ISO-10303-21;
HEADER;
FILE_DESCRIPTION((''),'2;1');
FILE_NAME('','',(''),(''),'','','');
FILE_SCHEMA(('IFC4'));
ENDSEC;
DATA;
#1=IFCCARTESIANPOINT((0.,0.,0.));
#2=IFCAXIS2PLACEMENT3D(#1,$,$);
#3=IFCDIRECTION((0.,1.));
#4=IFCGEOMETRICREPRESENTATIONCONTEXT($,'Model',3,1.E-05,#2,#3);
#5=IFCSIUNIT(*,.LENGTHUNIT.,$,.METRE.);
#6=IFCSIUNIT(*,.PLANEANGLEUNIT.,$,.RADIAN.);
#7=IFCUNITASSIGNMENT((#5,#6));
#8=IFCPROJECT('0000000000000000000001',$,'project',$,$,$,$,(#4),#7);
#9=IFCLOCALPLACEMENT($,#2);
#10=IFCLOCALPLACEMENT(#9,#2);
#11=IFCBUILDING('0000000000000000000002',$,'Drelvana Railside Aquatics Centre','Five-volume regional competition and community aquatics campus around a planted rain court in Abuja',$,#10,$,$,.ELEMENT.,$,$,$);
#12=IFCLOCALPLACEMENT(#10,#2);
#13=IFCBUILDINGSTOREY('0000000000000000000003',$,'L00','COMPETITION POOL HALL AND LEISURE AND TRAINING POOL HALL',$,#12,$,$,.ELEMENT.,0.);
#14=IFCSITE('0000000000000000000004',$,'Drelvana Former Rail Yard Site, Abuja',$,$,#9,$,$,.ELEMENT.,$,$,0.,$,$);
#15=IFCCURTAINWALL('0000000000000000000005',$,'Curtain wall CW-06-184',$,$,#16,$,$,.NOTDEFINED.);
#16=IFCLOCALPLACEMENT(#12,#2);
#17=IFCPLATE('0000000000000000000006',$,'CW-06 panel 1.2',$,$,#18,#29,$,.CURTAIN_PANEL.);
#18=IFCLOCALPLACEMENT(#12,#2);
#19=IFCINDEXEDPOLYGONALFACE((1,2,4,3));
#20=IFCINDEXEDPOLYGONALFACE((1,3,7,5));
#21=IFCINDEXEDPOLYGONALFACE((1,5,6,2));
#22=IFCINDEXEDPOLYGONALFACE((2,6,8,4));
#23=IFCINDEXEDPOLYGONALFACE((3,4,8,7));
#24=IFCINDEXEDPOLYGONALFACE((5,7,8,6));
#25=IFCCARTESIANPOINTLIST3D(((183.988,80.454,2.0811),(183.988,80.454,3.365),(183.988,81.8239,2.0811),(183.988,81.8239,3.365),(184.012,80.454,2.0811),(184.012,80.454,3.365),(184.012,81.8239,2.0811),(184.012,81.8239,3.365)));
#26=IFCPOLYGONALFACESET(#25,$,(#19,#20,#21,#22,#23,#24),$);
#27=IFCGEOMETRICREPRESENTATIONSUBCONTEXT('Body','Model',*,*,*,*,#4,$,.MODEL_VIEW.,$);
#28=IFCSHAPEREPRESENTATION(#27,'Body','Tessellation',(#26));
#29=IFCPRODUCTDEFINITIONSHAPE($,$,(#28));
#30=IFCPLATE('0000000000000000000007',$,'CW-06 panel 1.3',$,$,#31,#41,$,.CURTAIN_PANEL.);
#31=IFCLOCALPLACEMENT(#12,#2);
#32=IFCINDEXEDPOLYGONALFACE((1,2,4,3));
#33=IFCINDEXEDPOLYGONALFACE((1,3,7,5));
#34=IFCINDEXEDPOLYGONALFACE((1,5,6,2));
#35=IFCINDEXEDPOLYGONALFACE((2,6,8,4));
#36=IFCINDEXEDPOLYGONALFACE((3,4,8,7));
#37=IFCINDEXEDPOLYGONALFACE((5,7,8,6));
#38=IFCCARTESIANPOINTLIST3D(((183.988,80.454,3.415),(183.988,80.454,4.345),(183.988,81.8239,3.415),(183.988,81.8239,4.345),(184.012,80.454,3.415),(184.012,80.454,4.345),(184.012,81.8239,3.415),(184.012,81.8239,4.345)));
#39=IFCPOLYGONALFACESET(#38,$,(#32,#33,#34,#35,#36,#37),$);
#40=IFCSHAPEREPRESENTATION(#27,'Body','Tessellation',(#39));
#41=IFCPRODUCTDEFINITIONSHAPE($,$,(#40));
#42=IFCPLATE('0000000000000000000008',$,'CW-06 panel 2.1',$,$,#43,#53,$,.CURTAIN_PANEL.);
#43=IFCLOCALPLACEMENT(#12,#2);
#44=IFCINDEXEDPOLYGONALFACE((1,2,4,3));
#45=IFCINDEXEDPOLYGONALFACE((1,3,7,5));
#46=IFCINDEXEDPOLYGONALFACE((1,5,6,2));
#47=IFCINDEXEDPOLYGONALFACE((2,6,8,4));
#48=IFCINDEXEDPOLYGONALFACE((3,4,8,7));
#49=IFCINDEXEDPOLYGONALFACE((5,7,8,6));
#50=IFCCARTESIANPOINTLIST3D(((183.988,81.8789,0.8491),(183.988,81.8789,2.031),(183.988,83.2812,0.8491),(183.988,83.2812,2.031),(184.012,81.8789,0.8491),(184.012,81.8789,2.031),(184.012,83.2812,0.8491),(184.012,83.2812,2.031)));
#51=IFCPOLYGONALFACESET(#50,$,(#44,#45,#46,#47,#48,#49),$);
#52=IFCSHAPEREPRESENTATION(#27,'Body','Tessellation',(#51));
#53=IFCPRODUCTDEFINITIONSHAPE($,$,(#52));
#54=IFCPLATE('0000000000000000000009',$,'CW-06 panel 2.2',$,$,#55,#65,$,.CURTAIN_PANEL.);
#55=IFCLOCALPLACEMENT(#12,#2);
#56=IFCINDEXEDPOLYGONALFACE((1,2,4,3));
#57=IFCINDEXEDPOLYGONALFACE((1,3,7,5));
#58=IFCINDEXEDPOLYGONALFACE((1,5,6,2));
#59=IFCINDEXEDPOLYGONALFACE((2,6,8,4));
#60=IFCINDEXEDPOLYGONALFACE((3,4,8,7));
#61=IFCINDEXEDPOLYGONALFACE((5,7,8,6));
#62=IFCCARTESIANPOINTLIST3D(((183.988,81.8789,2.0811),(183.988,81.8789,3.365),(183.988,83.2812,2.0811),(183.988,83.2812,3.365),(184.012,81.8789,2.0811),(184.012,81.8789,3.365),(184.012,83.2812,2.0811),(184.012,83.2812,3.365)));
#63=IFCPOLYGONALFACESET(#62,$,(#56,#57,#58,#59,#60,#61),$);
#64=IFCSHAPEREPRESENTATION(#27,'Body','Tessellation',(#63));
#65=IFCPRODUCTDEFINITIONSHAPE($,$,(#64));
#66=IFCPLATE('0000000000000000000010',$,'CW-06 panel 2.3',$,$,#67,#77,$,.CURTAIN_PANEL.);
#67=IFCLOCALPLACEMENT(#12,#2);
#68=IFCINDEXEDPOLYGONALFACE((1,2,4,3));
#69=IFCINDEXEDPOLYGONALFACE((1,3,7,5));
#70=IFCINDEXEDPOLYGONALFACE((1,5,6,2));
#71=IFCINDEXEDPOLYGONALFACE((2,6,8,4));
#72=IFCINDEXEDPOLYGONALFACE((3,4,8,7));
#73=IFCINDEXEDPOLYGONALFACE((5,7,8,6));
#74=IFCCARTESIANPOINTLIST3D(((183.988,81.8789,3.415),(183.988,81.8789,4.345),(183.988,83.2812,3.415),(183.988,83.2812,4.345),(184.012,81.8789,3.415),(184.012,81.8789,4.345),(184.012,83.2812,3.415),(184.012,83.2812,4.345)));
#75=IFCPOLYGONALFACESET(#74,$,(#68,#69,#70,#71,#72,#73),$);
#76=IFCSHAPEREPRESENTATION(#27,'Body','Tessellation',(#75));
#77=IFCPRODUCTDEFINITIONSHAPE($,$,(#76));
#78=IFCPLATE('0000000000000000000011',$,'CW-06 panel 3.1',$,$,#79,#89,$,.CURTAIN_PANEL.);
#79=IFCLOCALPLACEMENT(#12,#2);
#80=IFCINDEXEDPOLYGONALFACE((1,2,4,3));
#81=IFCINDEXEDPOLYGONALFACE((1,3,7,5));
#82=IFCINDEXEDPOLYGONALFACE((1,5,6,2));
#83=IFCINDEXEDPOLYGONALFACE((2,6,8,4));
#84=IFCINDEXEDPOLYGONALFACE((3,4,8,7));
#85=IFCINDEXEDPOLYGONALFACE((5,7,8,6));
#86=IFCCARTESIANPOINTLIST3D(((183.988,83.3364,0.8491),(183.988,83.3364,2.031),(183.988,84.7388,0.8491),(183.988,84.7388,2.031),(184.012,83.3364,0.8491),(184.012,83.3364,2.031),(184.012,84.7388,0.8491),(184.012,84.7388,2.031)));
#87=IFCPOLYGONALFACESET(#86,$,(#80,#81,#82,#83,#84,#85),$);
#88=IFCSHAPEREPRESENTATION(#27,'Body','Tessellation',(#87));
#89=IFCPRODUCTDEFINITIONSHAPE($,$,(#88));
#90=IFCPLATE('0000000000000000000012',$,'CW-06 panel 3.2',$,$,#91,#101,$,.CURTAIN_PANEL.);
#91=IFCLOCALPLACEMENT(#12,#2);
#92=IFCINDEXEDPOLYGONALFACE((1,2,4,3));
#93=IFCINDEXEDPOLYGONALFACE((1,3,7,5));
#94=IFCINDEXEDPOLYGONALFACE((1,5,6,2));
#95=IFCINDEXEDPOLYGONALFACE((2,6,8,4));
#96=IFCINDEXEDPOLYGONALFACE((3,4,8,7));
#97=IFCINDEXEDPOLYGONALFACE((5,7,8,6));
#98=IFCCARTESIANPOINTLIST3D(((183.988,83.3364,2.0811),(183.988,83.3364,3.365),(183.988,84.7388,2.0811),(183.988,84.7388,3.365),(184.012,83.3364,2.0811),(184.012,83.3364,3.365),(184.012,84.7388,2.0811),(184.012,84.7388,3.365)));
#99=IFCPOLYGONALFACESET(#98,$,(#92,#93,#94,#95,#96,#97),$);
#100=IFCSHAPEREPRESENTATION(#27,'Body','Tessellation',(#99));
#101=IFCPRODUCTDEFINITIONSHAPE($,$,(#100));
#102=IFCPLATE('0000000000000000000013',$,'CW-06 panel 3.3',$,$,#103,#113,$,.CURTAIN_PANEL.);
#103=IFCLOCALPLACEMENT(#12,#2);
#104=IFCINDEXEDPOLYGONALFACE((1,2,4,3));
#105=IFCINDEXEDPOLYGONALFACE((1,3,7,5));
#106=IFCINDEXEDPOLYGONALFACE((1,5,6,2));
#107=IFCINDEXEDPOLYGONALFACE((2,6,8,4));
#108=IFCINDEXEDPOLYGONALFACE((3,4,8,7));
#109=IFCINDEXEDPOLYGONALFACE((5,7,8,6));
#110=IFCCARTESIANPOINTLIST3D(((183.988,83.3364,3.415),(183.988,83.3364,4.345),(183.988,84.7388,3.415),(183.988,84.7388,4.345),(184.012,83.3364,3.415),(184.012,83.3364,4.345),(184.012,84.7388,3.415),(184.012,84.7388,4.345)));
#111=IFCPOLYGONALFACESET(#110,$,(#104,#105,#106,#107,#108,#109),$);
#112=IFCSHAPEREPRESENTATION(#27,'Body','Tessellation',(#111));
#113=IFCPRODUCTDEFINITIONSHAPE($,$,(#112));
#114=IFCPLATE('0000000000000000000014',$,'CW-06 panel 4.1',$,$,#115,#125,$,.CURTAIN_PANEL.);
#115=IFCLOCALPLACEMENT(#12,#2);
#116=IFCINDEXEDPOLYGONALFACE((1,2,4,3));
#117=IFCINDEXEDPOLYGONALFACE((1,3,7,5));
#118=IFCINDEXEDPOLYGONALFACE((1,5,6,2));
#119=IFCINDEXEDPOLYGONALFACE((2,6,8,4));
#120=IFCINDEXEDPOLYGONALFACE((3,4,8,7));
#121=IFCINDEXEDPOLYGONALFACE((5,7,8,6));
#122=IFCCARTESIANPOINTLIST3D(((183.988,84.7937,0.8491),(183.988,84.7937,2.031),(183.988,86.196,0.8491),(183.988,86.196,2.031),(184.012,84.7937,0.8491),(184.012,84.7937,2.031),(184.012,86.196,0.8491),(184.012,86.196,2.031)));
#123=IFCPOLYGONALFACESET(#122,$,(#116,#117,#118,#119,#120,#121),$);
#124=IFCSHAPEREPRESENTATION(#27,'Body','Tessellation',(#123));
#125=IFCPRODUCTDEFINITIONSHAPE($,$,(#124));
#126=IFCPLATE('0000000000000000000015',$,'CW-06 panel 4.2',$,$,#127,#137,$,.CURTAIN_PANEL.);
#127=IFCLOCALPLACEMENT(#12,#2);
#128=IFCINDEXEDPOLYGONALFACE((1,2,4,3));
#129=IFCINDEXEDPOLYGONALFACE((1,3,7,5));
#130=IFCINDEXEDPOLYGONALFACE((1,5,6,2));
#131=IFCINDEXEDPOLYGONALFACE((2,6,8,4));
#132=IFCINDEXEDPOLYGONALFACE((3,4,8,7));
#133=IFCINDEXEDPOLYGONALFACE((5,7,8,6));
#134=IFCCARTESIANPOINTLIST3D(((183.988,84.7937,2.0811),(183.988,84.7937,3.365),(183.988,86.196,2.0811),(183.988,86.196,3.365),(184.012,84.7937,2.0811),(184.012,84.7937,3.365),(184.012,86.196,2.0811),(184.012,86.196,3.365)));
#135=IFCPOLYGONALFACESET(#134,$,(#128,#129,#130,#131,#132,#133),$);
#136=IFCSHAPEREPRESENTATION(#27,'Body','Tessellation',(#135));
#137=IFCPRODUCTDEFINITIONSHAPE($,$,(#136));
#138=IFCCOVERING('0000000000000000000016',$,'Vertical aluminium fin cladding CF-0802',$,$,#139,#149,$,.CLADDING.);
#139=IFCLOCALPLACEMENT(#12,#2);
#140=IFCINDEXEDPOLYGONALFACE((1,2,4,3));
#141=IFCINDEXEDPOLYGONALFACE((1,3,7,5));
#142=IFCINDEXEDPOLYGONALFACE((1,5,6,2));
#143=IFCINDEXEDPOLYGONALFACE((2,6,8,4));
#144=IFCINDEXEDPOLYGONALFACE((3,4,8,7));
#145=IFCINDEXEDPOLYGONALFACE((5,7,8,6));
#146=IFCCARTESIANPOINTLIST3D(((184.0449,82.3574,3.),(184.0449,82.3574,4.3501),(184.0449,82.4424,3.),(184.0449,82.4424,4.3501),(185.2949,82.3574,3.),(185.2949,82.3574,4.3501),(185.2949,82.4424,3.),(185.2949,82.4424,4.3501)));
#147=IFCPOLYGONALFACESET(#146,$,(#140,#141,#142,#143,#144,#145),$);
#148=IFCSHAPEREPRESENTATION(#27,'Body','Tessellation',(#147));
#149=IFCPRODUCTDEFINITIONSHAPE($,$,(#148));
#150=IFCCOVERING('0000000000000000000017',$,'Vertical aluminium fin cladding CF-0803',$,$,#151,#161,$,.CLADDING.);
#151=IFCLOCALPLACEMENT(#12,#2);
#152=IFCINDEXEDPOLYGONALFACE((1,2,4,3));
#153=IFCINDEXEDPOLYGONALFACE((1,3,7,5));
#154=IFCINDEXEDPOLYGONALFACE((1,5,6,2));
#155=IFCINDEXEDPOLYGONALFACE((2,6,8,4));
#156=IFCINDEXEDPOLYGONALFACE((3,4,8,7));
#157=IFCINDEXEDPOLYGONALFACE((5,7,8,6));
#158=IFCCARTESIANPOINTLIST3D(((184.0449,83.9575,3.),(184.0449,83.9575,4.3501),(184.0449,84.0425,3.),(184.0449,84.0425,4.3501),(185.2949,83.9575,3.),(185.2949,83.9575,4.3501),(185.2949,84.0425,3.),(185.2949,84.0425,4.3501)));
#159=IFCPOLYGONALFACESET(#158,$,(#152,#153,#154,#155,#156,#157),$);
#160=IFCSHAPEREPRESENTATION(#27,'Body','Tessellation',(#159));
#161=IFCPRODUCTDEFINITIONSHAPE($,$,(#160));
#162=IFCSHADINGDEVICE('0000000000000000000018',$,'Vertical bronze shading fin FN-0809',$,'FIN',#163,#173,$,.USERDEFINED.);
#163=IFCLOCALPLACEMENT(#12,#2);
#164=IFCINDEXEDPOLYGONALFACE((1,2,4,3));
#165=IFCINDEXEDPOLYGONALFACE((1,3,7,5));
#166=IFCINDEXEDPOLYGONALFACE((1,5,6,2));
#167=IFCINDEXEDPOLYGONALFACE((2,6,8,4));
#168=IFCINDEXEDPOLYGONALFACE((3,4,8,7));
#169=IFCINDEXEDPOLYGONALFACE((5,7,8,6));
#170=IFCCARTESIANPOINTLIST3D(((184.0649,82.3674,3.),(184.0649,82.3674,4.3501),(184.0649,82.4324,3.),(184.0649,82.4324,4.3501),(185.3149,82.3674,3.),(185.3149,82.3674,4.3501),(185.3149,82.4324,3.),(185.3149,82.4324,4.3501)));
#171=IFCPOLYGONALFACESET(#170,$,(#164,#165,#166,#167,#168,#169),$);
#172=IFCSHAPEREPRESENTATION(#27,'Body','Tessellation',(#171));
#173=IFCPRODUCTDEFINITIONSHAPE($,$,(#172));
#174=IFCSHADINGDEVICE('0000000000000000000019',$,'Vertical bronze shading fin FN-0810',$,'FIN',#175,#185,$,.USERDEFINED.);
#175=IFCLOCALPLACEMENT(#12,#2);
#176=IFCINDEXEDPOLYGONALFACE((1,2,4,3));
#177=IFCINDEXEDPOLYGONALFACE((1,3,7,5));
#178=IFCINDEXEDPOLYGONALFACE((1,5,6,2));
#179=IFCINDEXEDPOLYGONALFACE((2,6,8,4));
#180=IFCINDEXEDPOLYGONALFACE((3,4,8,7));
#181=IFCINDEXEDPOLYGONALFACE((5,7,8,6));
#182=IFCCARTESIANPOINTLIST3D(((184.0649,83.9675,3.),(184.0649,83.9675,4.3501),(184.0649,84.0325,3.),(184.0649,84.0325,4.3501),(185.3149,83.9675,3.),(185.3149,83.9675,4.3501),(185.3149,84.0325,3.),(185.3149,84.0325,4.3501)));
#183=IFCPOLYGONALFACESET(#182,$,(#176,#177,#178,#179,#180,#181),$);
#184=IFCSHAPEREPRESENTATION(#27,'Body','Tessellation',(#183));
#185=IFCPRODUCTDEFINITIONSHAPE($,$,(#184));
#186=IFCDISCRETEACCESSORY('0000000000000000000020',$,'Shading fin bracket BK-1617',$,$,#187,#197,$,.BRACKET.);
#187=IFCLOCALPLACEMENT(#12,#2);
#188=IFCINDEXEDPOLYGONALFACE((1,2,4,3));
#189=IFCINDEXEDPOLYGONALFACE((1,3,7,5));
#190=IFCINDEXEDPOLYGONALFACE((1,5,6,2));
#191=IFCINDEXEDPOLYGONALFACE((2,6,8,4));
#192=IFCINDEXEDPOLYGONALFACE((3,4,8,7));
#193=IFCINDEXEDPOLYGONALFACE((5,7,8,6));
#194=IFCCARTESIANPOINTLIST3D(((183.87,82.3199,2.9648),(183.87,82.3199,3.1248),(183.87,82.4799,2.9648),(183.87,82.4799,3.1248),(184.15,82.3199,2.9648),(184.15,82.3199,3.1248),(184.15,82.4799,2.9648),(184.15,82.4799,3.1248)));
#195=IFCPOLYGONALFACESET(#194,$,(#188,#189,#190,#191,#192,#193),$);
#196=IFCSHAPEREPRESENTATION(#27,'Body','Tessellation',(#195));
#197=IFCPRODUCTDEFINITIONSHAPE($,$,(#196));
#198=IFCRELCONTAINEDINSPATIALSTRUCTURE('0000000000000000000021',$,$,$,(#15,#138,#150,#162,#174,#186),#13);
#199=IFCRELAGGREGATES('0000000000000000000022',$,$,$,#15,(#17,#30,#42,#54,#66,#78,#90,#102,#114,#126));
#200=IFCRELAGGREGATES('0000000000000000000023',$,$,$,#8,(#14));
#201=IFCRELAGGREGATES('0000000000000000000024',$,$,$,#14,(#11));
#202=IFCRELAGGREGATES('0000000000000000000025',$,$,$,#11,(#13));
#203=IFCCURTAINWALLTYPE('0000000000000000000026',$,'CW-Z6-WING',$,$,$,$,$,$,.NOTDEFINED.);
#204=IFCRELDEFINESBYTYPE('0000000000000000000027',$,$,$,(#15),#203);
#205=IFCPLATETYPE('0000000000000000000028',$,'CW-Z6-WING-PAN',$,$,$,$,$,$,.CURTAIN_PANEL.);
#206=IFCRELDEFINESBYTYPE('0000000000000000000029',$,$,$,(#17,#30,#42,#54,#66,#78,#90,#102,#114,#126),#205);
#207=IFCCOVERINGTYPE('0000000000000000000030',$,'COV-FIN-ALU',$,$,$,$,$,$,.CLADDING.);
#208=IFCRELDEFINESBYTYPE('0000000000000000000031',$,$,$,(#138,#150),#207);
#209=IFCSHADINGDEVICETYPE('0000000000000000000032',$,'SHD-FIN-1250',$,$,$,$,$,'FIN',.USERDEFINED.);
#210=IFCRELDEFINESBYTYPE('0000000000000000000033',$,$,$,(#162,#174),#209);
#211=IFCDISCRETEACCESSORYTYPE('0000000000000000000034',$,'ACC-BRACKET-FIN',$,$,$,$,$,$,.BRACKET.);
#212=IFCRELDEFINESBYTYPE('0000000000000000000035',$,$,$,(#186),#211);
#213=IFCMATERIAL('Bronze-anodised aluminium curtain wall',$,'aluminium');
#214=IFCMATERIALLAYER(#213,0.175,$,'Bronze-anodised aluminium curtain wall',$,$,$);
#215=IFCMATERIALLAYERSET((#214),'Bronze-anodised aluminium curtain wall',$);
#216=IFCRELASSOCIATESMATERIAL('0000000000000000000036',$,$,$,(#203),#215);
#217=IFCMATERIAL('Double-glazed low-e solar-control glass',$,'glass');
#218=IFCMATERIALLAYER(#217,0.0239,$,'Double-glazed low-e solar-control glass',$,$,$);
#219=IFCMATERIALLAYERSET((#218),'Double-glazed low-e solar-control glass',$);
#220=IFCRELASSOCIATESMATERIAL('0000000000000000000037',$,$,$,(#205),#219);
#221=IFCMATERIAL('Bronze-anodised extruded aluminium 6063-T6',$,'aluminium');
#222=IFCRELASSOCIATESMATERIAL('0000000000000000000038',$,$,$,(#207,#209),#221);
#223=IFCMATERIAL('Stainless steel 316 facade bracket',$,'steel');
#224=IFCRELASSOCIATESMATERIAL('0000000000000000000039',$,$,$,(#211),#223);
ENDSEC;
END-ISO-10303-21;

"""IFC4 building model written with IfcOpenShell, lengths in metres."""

from ifc_helpers import new_model, si_unit, direction, frame, origin, origin_2d, place, context, subcontext, project, spatial, rectangle, extrude, material, layer, layer_set, type_object, element, aggregate, save


model = new_model("IFC4")

# Units and contexts
model_context = context("Model", 3, precision=1e-05, world=origin(), true_north=direction((0.0, 1.0)))
body_context = subcontext(model_context, "Body", "Model", "MODEL_VIEW")
ifc_project = project(units=[si_unit("LENGTHUNIT", "METRE"), si_unit("PLANEANGLEUNIT", "RADIAN")], contexts=[model_context])

# Site, building, storey
site_placement = place(None, origin())
site = spatial("IfcSite", under=ifc_project, at=site_placement, Name="Drelvana Former Rail Yard Site, Abuja", CompositionType="ELEMENT", RefElevation=0.0)
building_placement = place(site_placement, origin())
building = spatial("IfcBuilding", under=site, at=building_placement, Name="Drelvana Railside Aquatics Centre", Description="Five-volume regional competition and community aquatics campus around a planted rain court in Abuja", CompositionType="ELEMENT")
storey_placement = place(building_placement, origin())
storey = spatial("IfcBuildingStorey", under=building, at=storey_placement, Name="L00", Description="COMPETITION POOL HALL AND LEISURE AND TRAINING POOL HALL", CompositionType="ELEMENT", Elevation=0.0)

# Curtain wall, plates
ifc_material_1 = material(Name="Bronze-anodised aluminium curtain wall", Category="aluminium")
ifc_layer_1 = layer(ifc_material_1, 0.175, Name="Bronze-anodised aluminium curtain wall")
ifc_layer_set_1 = layer_set([ifc_layer_1], Name="Bronze-anodised aluminium curtain wall")
curtain_wall_type = type_object("IfcCurtainWallType", Name="CW-Z6-WING", PredefinedType="NOTDEFINED", material=ifc_layer_set_1)
curtain_wall_placement = place(storey_placement, origin())
curtain_wall = element("IfcCurtainWall", 1, at=curtain_wall_placement, inside=storey, type_object=curtain_wall_type, Name="Curtain wall CW-06-184", PredefinedType="NOTDEFINED")
ifc_material_2 = material(Name="Double-glazed low-e solar-control glass", Category="glass")
ifc_layer_2 = layer(ifc_material_2, 0.0239, Name="Double-glazed low-e solar-control glass")
ifc_layer_set_2 = layer_set([ifc_layer_2], Name="Double-glazed low-e solar-control glass")
plate_type = type_object("IfcPlateType", Name="CW-Z6-WING-PAN", PredefinedType="CURTAIN_PANEL", material=ifc_layer_set_2)
plate_1_placement = place(storey_placement, frame((184.0, 81.1389, 2.0811), z_axis=(0.0, 0.0, 1.0), x_axis=(0.0, 1.0, 0.0)))
plate_1 = element("IfcPlate", 2, at=plate_1_placement, type_object=plate_type, Name="CW-06 panel 1.2", PredefinedType="CURTAIN_PANEL", context=body_context, shape_type="SweptSolid", body=[
    extrude(rectangle(XDim=1.3699, YDim=0.0239, at=origin_2d()), origin(), (0.0, 0.0, 1.0), 1.2839),
])
plate_2_placement = place(storey_placement, frame((184.0, 81.1389, 3.415), z_axis=(0.0, 0.0, 1.0), x_axis=(0.0, 1.0, 0.0)))
plate_2 = element("IfcPlate", 3, at=plate_2_placement, type_object=plate_type, Name="CW-06 panel 1.3", PredefinedType="CURTAIN_PANEL", context=body_context, shape_type="SweptSolid", body=[
    extrude(rectangle(XDim=1.3699, YDim=0.0239, at=origin_2d()), origin(), (0.0, 0.0, 1.0), 0.9299),
])
plate_3_placement = place(storey_placement, frame((184.0, 82.5801, 0.8491), z_axis=(0.0, 0.0, 1.0), x_axis=(0.0, 1.0, 0.0)))
plate_3 = element("IfcPlate", 4, at=plate_3_placement, type_object=plate_type, Name="CW-06 panel 2.1", PredefinedType="CURTAIN_PANEL", context=body_context, shape_type="SweptSolid", body=[
    extrude(rectangle(XDim=1.4023, YDim=0.0239, at=origin_2d()), origin(), (0.0, 0.0, 1.0), 1.1819),
])
plate_4_placement = place(storey_placement, frame((184.0, 82.5801, 2.0811), z_axis=(0.0, 0.0, 1.0), x_axis=(0.0, 1.0, 0.0)))
plate_4 = element("IfcPlate", 5, at=plate_4_placement, type_object=plate_type, Name="CW-06 panel 2.2", PredefinedType="CURTAIN_PANEL", context=body_context, shape_type="SweptSolid", body=[
    extrude(rectangle(XDim=1.4023, YDim=0.0239, at=origin_2d()), origin(), (0.0, 0.0, 1.0), 1.2839),
])
plate_5_placement = place(storey_placement, frame((184.0, 82.5801, 3.415), z_axis=(0.0, 0.0, 1.0), x_axis=(0.0, 1.0, 0.0)))
plate_5 = element("IfcPlate", 6, at=plate_5_placement, type_object=plate_type, Name="CW-06 panel 2.3", PredefinedType="CURTAIN_PANEL", context=body_context, shape_type="SweptSolid", body=[
    extrude(rectangle(XDim=1.4023, YDim=0.0239, at=origin_2d()), origin(), (0.0, 0.0, 1.0), 0.9299),
])
plate_6_placement = place(storey_placement, frame((184.0, 84.0376, 0.8491), z_axis=(0.0, 0.0, 1.0), x_axis=(0.0, 1.0, 0.0)))
plate_6 = element("IfcPlate", 7, at=plate_6_placement, type_object=plate_type, Name="CW-06 panel 3.1", PredefinedType="CURTAIN_PANEL", context=body_context, shape_type="SweptSolid", body=[
    extrude(rectangle(XDim=1.4023, YDim=0.0239, at=origin_2d()), origin(), (0.0, 0.0, 1.0), 1.1819),
])
plate_7_placement = place(storey_placement, frame((184.0, 84.0376, 2.0811), z_axis=(0.0, 0.0, 1.0), x_axis=(0.0, 1.0, 0.0)))
plate_7 = element("IfcPlate", 8, at=plate_7_placement, type_object=plate_type, Name="CW-06 panel 3.2", PredefinedType="CURTAIN_PANEL", context=body_context, shape_type="SweptSolid", body=[
    extrude(rectangle(XDim=1.4023, YDim=0.0239, at=origin_2d()), origin(), (0.0, 0.0, 1.0), 1.2839),
])
plate_8_placement = place(storey_placement, frame((184.0, 84.0376, 3.415), z_axis=(0.0, 0.0, 1.0), x_axis=(0.0, 1.0, 0.0)))
plate_8 = element("IfcPlate", 9, at=plate_8_placement, type_object=plate_type, Name="CW-06 panel 3.3", PredefinedType="CURTAIN_PANEL", context=body_context, shape_type="SweptSolid", body=[
    extrude(rectangle(XDim=1.4023, YDim=0.0239, at=origin_2d()), origin(), (0.0, 0.0, 1.0), 0.9299),
])
plate_9_placement = place(storey_placement, frame((184.0, 85.4949, 0.8491), z_axis=(0.0, 0.0, 1.0), x_axis=(0.0, 1.0, 0.0)))
plate_9 = element("IfcPlate", 10, at=plate_9_placement, type_object=plate_type, Name="CW-06 panel 4.1", PredefinedType="CURTAIN_PANEL", context=body_context, shape_type="SweptSolid", body=[
    extrude(rectangle(XDim=1.4023, YDim=0.0239, at=origin_2d()), origin(), (0.0, 0.0, 1.0), 1.1819),
])
plate_10_placement = place(storey_placement, frame((184.0, 85.4949, 2.0811), z_axis=(0.0, 0.0, 1.0), x_axis=(0.0, 1.0, 0.0)))
plate_10 = element("IfcPlate", 11, at=plate_10_placement, type_object=plate_type, Name="CW-06 panel 4.2", PredefinedType="CURTAIN_PANEL", context=body_context, shape_type="SweptSolid", body=[
    extrude(rectangle(XDim=1.4023, YDim=0.0239, at=origin_2d()), origin(), (0.0, 0.0, 1.0), 1.2839),
])
aggregate(curtain_wall, [plate_1, plate_2, plate_3, plate_4, plate_5, plate_6, plate_7, plate_8, plate_9, plate_10])

# Coverings
ifc_material_3 = material(Name="Bronze-anodised extruded aluminium 6063-T6", Category="aluminium")
covering_type = type_object("IfcCoveringType", Name="COV-FIN-ALU", PredefinedType="CLADDING", material=ifc_material_3)
for number, where, z_axis, x_axis, name in (
    (12, (184.6699, 82.3999, 3.0), (0.0, 0.0, 1.0), (0.0, -1.0, 0.0), "Vertical aluminium fin cladding CF-0802"),
    (13, (184.6699, 84.0, 3.0), (0.0, 0.0, 1.0), (0.0, -1.0, 0.0), "Vertical aluminium fin cladding CF-0803"),
):
    element("IfcCovering", number, at=place(storey_placement, frame(where, z_axis=z_axis, x_axis=x_axis)), inside=storey, type_object=covering_type, Name=name, PredefinedType="CLADDING", context=body_context, shape_type="SweptSolid", body=[
        extrude(rectangle(XDim=0.085, YDim=1.25, at=origin_2d()), origin(), (0.0, 0.0, 1.0), 1.3501),
    ])

# Shading devices
shading_device_type = type_object("IfcShadingDeviceType", Name="SHD-FIN-1250", ElementType="FIN", PredefinedType="USERDEFINED", material=ifc_material_3)
for number, where, z_axis, x_axis, name in (
    (14, (184.6899, 82.3999, 3.0), (0.0, 0.0, 1.0), (1.0, 0.0, 0.0), "Vertical bronze shading fin FN-0809"),
    (15, (184.6899, 84.0, 3.0), (0.0, 0.0, 1.0), (1.0, 0.0, 0.0), "Vertical bronze shading fin FN-0810"),
):
    element("IfcShadingDevice", number, at=place(storey_placement, frame(where, z_axis=z_axis, x_axis=x_axis)), inside=storey, type_object=shading_device_type, Name=name, ObjectType="FIN", PredefinedType="USERDEFINED", context=body_context, shape_type="SweptSolid", body=[
        extrude(rectangle(XDim=1.25, YDim=0.0649, at=origin_2d()), origin(), (0.0, 0.0, 1.0), 1.3501),
    ])

# Discrete accessory
ifc_material_4 = material(Name="Stainless steel 316 facade bracket", Category="steel")
discrete_accessory_type = type_object("IfcDiscreteAccessoryType", Name="ACC-BRACKET-FIN", PredefinedType="BRACKET", material=ifc_material_4)
for number, where, z_axis, x_axis, name in (
    (16, (184.01, 82.3999, 2.9648), (0.0, 0.0, 1.0), (1.0, 0.0, 0.0), "Shading fin bracket BK-1617"),
):
    element("IfcDiscreteAccessory", number, at=place(storey_placement, frame(where, z_axis=z_axis, x_axis=x_axis)), inside=storey, type_object=discrete_accessory_type, Name=name, PredefinedType="BRACKET", context=body_context, shape_type="SweptSolid", body=[
        extrude(rectangle(XDim=0.28, YDim=0.1599, at=origin_2d()), origin(), (0.0, 0.0, 1.0), 0.1599),
    ])

save(model, "model.ifc")
